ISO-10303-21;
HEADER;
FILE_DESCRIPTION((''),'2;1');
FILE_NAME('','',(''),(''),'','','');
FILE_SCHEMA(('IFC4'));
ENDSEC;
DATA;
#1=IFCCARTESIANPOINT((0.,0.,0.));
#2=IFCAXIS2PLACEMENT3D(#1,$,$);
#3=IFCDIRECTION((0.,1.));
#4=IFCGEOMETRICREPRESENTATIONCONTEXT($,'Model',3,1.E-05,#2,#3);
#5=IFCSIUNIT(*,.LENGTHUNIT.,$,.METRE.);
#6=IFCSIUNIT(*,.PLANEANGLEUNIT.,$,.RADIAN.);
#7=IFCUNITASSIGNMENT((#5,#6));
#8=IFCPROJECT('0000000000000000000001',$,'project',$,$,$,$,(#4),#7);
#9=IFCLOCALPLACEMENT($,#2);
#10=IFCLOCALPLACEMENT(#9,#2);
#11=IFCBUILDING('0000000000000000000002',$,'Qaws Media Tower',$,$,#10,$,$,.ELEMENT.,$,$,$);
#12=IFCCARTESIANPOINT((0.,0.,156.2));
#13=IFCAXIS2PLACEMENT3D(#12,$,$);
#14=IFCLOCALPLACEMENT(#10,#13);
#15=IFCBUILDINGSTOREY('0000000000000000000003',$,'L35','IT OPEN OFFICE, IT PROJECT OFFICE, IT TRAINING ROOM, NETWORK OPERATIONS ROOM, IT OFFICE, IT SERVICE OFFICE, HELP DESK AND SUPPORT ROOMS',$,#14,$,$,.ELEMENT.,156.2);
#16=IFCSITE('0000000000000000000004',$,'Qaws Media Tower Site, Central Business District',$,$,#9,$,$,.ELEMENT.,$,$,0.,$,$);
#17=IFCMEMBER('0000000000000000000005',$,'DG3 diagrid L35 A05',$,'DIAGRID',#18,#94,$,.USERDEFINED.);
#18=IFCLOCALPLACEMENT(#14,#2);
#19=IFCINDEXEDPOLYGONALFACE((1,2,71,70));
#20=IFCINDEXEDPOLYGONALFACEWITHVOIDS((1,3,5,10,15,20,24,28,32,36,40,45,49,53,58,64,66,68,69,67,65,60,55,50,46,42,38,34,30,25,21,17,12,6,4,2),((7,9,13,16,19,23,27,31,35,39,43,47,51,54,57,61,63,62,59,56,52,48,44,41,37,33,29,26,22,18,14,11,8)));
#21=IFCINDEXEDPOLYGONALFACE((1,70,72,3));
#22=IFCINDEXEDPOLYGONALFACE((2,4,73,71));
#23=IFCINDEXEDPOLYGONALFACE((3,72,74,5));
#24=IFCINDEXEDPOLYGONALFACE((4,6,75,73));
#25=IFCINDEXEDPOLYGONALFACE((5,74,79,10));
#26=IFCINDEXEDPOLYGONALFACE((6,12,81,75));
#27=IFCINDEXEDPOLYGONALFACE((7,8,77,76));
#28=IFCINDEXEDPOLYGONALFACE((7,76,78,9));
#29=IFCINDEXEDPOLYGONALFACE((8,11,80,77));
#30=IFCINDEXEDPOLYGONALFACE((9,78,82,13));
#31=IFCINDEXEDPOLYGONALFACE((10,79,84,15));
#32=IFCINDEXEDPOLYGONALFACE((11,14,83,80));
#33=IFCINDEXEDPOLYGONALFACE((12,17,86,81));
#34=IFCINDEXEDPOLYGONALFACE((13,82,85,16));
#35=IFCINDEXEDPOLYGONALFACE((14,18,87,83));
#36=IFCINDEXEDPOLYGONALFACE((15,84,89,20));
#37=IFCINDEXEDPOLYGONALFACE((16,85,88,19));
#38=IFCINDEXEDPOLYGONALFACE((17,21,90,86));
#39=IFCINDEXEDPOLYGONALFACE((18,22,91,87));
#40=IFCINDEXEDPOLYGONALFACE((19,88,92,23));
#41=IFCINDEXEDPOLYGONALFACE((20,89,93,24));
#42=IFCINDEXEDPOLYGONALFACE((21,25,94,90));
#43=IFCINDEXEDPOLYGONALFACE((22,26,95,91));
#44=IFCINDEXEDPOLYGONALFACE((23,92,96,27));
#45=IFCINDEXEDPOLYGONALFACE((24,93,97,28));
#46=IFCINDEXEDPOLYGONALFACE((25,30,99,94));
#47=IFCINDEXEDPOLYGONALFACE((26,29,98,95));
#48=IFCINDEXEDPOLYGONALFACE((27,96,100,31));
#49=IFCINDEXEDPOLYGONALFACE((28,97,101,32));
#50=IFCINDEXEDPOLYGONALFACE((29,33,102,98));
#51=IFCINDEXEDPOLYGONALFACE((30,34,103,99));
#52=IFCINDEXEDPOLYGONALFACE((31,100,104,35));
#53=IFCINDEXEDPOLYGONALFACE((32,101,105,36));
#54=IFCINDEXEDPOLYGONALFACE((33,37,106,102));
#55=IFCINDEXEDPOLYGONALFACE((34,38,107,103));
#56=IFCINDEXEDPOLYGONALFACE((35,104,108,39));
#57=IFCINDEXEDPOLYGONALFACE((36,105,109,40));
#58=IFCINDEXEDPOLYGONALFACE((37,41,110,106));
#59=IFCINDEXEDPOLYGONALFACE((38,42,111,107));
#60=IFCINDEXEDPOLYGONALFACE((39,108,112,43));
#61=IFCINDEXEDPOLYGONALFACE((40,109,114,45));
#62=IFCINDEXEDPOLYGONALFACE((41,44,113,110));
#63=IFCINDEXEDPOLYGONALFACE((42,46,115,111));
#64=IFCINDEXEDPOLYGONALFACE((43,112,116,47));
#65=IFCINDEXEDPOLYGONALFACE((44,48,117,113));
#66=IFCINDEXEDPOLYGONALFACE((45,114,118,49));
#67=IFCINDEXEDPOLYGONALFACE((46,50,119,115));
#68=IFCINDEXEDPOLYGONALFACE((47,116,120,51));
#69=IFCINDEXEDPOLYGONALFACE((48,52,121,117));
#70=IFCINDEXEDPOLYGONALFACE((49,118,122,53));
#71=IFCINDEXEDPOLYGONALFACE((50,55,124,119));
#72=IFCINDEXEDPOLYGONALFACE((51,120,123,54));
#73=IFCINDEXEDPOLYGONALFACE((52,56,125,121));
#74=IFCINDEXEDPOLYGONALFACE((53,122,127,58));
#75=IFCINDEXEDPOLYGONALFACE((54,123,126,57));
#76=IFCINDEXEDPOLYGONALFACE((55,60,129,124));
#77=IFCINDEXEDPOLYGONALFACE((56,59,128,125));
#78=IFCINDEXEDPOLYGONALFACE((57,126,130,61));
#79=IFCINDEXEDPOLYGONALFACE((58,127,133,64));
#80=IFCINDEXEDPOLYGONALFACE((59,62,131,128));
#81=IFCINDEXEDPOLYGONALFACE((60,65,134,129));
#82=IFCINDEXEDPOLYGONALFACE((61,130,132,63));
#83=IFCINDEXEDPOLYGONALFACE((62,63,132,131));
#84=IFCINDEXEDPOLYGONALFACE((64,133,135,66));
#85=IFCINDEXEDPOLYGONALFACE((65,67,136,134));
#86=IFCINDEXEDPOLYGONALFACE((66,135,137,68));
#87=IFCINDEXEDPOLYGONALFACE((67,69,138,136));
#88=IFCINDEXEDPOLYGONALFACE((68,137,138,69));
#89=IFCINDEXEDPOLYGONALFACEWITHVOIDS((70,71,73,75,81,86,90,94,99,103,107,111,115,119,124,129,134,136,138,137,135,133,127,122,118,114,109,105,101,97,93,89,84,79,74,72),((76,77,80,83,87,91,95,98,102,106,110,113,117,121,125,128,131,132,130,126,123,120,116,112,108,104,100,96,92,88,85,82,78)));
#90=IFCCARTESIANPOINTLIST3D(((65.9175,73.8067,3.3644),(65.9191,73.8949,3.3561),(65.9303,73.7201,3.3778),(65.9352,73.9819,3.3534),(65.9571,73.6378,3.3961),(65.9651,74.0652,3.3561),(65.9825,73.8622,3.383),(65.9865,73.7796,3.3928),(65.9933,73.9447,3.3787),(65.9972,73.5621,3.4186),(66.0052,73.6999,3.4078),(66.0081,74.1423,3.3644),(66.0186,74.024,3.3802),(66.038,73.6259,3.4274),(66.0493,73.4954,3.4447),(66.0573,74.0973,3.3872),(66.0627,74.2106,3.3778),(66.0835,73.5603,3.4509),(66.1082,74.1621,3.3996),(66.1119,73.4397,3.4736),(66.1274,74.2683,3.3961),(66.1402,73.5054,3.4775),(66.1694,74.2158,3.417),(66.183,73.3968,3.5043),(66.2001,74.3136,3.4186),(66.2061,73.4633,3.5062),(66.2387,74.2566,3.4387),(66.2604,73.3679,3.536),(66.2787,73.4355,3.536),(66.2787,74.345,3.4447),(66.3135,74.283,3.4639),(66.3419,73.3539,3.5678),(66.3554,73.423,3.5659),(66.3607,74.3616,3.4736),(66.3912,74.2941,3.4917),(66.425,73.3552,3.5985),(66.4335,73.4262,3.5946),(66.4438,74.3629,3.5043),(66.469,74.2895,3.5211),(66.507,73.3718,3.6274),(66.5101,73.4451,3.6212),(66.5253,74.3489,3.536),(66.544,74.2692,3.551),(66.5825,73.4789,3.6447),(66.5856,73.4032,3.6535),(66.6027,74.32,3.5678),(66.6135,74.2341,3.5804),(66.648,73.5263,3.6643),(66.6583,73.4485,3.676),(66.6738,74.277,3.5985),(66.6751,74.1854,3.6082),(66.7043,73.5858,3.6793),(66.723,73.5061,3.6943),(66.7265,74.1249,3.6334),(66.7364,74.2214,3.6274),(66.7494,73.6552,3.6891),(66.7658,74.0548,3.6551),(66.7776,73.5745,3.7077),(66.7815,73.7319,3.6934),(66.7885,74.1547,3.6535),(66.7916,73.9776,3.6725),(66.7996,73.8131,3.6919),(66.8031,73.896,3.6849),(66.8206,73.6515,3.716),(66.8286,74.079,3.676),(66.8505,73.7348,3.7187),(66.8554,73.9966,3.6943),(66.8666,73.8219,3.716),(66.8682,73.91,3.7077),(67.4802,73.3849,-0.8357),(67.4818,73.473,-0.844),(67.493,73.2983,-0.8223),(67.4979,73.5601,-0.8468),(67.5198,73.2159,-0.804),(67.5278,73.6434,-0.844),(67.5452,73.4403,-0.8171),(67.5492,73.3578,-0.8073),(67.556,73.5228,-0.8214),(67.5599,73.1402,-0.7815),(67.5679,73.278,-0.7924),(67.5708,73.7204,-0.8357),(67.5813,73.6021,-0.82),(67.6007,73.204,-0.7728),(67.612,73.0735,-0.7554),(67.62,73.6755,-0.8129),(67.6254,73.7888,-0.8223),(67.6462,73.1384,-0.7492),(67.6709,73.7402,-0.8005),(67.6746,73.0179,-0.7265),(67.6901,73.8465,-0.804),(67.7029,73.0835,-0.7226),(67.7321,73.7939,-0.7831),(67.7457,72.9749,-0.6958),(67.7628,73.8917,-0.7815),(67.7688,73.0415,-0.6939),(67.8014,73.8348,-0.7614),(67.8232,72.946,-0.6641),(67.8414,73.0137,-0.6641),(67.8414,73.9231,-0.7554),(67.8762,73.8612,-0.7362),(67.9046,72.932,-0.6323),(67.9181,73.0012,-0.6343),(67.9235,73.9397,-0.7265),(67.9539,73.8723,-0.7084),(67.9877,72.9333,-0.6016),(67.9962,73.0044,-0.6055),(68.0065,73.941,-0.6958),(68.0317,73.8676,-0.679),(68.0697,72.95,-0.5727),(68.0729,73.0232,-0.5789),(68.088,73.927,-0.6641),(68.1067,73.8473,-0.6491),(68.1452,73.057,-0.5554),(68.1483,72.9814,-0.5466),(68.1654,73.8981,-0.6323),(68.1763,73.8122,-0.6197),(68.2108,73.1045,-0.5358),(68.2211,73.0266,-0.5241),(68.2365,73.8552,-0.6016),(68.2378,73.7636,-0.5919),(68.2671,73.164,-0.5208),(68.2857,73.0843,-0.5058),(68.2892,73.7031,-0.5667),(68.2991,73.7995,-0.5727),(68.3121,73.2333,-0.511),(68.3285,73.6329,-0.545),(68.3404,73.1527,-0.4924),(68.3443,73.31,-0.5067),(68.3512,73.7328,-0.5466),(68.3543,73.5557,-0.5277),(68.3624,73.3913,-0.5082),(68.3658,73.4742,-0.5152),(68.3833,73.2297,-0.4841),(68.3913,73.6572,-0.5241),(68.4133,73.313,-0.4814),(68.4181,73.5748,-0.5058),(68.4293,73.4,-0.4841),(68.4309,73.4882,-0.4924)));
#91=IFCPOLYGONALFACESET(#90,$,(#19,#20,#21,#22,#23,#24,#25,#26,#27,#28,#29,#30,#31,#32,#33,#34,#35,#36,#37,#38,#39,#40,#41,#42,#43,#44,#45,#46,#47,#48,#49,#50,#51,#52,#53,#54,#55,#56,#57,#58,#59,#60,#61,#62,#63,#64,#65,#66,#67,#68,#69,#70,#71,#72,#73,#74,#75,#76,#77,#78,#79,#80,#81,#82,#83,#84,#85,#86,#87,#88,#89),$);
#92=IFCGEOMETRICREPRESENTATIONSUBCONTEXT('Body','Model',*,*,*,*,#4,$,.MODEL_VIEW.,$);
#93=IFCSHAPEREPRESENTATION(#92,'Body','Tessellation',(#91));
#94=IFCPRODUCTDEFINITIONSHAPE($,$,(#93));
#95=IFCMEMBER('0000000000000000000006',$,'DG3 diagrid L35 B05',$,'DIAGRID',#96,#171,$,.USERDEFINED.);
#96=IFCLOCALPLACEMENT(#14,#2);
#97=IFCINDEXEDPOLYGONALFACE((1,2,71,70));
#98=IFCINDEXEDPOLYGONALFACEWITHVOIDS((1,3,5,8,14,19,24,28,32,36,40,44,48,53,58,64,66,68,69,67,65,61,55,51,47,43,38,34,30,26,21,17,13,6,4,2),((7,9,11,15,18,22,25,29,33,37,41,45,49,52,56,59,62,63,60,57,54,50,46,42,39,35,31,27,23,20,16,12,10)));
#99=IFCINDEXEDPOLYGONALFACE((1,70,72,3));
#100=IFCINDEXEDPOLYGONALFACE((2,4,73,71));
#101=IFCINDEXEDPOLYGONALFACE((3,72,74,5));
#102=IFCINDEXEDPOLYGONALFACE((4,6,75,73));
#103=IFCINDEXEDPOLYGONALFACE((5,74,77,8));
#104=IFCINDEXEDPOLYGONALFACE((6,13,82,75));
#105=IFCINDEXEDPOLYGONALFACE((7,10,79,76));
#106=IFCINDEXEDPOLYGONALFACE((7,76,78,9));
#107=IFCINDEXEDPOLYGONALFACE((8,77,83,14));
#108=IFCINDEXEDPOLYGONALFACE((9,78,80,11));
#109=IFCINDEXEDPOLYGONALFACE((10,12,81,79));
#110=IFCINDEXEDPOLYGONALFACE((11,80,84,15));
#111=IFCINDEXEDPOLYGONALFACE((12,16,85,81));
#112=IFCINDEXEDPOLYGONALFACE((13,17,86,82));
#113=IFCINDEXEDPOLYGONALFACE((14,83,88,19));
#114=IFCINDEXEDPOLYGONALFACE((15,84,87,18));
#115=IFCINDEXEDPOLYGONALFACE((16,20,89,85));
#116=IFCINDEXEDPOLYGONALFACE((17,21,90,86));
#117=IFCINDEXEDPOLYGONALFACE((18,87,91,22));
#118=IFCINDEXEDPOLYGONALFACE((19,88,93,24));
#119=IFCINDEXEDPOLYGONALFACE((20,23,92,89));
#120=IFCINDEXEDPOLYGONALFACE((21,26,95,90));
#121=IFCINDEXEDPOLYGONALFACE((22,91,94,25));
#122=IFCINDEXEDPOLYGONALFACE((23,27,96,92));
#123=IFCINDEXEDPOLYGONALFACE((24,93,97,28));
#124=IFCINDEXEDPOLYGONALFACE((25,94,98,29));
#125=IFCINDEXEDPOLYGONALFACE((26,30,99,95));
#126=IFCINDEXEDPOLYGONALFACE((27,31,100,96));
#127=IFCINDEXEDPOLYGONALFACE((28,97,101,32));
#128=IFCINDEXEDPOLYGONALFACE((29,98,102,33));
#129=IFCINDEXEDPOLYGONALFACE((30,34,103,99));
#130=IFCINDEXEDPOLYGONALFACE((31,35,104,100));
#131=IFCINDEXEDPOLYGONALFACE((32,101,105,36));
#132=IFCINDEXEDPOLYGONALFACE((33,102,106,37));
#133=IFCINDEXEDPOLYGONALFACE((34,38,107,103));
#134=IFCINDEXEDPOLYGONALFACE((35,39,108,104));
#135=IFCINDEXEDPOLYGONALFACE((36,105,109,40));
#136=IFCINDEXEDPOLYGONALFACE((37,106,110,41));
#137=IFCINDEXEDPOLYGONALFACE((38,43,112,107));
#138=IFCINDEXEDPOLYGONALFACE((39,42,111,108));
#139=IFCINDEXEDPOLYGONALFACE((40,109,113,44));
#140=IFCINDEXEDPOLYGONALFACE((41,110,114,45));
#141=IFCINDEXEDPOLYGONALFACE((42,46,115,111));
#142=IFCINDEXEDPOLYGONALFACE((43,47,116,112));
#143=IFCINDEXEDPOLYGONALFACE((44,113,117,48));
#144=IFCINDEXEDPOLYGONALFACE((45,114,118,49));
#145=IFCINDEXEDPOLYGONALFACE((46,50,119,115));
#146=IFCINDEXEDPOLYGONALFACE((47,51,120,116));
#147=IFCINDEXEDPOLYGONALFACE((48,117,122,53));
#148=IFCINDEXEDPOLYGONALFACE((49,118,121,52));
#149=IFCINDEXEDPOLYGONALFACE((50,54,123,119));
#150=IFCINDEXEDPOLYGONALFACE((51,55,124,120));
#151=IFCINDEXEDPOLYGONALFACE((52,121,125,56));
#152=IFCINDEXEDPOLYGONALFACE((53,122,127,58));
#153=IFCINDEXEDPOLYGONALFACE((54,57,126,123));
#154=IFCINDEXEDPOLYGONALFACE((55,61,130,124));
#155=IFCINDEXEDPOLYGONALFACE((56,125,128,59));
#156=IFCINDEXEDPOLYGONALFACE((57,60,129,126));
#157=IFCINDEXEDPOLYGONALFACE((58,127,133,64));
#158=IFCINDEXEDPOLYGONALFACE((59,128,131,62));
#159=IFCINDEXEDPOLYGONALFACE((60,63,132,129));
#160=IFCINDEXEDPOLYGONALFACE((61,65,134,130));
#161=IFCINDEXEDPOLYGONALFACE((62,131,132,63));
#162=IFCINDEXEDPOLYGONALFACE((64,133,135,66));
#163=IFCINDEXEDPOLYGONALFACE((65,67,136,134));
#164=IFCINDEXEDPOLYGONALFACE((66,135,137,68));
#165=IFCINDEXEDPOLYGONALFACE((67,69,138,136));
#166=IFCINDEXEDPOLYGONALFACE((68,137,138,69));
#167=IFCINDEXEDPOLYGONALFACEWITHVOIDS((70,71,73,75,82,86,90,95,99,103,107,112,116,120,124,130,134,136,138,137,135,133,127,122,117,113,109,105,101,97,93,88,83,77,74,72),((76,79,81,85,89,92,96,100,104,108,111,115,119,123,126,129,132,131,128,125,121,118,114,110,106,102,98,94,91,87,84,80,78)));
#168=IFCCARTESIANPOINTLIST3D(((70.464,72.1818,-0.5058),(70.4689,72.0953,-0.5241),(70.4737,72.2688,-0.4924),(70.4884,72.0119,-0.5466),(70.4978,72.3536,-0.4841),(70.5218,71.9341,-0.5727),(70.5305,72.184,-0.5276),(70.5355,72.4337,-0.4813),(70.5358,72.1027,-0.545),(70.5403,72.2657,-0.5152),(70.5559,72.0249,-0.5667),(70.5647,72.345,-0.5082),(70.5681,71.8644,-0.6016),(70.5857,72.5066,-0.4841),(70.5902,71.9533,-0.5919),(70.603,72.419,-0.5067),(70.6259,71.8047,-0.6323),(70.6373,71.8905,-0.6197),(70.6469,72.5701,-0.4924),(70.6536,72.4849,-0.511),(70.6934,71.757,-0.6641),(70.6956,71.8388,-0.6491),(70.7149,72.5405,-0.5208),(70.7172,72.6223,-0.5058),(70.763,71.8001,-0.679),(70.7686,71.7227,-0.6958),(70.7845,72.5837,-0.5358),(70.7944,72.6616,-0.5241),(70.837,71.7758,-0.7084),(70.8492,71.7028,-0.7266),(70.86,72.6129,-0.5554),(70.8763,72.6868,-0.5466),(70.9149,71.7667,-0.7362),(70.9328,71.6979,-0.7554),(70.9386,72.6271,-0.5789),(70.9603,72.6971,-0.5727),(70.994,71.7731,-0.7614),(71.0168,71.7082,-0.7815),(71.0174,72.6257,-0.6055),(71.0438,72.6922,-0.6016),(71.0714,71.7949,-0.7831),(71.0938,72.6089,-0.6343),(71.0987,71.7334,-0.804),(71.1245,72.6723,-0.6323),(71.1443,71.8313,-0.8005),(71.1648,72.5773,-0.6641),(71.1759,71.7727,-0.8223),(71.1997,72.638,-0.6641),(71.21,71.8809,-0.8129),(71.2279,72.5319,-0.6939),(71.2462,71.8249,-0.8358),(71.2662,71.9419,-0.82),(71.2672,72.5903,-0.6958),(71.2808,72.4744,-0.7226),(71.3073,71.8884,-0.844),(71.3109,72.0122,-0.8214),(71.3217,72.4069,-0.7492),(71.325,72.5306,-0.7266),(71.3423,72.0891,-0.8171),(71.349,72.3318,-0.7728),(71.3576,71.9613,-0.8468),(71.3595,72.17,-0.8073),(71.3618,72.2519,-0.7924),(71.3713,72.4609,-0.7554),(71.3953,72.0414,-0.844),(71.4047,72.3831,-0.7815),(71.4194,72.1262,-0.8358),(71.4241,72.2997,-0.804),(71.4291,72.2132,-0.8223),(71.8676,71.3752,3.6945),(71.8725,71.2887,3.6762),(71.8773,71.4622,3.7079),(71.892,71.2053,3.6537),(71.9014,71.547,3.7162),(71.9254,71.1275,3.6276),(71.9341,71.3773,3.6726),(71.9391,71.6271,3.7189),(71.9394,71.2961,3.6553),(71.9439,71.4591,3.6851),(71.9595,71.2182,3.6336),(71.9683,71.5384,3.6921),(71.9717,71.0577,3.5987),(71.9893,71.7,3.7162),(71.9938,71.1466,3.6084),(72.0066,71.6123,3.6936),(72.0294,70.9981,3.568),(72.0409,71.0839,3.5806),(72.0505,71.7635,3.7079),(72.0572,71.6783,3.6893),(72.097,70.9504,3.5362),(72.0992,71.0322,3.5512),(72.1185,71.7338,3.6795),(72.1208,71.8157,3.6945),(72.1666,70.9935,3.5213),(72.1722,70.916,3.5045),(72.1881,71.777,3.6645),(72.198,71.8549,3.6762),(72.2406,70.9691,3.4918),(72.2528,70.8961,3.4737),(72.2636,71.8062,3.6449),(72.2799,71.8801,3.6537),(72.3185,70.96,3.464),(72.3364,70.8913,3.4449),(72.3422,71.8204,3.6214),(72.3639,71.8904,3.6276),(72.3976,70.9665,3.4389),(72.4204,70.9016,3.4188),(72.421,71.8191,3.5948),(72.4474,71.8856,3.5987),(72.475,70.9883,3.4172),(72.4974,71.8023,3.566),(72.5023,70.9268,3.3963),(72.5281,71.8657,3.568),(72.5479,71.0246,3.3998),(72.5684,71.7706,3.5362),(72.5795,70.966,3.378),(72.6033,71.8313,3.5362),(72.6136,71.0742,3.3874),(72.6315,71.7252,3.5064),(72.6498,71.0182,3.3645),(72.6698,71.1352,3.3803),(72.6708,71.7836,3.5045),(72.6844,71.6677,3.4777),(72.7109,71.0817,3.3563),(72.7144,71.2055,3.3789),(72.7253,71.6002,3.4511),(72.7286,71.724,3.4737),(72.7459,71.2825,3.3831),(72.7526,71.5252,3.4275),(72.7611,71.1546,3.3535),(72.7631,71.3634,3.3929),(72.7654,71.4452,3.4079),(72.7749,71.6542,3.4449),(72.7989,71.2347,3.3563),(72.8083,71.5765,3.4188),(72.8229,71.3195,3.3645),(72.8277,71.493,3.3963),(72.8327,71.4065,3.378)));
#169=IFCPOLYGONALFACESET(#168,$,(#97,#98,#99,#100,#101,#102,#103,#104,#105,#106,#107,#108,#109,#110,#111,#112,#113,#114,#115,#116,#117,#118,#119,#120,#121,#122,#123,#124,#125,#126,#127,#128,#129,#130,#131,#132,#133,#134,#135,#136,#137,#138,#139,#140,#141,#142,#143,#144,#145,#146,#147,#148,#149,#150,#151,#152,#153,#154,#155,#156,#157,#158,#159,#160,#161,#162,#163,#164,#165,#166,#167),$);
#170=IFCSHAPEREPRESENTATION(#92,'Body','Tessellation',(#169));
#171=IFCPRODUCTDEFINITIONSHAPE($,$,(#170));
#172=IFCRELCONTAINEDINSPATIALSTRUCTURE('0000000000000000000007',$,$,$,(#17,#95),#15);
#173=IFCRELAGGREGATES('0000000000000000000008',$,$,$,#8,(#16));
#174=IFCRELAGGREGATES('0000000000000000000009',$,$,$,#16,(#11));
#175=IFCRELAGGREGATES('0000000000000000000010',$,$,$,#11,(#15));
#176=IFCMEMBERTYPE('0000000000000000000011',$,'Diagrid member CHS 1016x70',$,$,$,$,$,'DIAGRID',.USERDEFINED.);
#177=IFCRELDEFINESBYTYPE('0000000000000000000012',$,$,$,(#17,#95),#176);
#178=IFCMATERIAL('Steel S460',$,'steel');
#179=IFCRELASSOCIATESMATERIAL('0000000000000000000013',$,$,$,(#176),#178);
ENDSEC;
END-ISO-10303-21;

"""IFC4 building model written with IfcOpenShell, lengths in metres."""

from ifc_helpers import new_model, si_unit, direction, frame, origin, origin_2d, place, context, subcontext, project, spatial, hollow_circle, extrude, material, material_profile, profile_set, type_object, element, save


model = new_model("IFC4")

# Units and contexts
model_context = context("Model", 3, precision=1e-05, world=origin(), true_north=direction((0.0, 1.0)))
body_context = subcontext(model_context, "Body", "Model", "MODEL_VIEW")
ifc_project = project(units=[si_unit("LENGTHUNIT", "METRE"), si_unit("PLANEANGLEUNIT", "RADIAN")], contexts=[model_context])

# Site, building, storey
site_placement = place(None, origin())
site = spatial("IfcSite", under=ifc_project, at=site_placement, Name="Qaws Media Tower Site, Central Business District", CompositionType="ELEMENT", RefElevation=0.0)
building_placement = place(site_placement, origin())
building = spatial("IfcBuilding", under=site, at=building_placement, Name="Qaws Media Tower", CompositionType="ELEMENT")
storey_placement = place(building_placement, frame((0.0, 0.0, 156.2)))
storey = spatial("IfcBuildingStorey", under=building, at=storey_placement, Name="L35", Description="IT OPEN OFFICE, IT PROJECT OFFICE, IT TRAINING ROOM, NETWORK OPERATIONS ROOM, IT OFFICE, IT SERVICE OFFICE, HELP DESK AND SUPPORT ROOMS", CompositionType="ELEMENT", Elevation=156.2)

# Members
ifc_material_1 = material(Name="Steel S460", Category="steel")
ifc_material_profile_1 = material_profile(ifc_material_1, hollow_circle(Radius=0.5081, WallThickness=0.0701, at=origin_2d()), Name="CHS 1016x70")
ifc_profile_set_1 = profile_set([ifc_material_profile_1], Name="Steel S460")
member_type_1 = type_object("IfcMemberType", Name="Diagrid member CHS 1016x70", ElementType="DIAGRID", PredefinedType="USERDEFINED", material=ifc_profile_set_1)
member_1_placement = place(storey_placement, frame((67.9556, 73.4365, -0.6641), z_axis=(-0.347175, 0.093723, 0.933105), x_axis=(-0.260628, -0.965439, 0.0)))
element("IfcMember", 1, at=member_1_placement, inside=storey, type_object=member_type_1, Name="DG3 diagrid L35 A05", ObjectType="DIAGRID", PredefinedType="USERDEFINED", context=body_context, shape_type="SweptSolid", body=[
    extrude(hollow_circle(Radius=0.5081, WallThickness=0.0701, at=origin_2d()), origin(), (0.0, 0.0, 1.0), 4.5012),
])
member_2_placement = place(storey_placement, frame((70.9465, 72.1975, -0.6641), z_axis=(0.311809, -0.179199, 0.933093), x_axis=(0.498281, 0.867015, 0.0)))
element("IfcMember", 2, at=member_2_placement, inside=storey, type_object=member_type_1, Name="DG3 diagrid L35 B05", ObjectType="DIAGRID", PredefinedType="USERDEFINED", context=body_context, shape_type="SweptSolid", body=[
    extrude(hollow_circle(Radius=0.5081, WallThickness=0.0701, at=origin_2d()), origin(), (0.0, 0.0, 1.0), 4.5015),
])

save(model, "model.ifc")
